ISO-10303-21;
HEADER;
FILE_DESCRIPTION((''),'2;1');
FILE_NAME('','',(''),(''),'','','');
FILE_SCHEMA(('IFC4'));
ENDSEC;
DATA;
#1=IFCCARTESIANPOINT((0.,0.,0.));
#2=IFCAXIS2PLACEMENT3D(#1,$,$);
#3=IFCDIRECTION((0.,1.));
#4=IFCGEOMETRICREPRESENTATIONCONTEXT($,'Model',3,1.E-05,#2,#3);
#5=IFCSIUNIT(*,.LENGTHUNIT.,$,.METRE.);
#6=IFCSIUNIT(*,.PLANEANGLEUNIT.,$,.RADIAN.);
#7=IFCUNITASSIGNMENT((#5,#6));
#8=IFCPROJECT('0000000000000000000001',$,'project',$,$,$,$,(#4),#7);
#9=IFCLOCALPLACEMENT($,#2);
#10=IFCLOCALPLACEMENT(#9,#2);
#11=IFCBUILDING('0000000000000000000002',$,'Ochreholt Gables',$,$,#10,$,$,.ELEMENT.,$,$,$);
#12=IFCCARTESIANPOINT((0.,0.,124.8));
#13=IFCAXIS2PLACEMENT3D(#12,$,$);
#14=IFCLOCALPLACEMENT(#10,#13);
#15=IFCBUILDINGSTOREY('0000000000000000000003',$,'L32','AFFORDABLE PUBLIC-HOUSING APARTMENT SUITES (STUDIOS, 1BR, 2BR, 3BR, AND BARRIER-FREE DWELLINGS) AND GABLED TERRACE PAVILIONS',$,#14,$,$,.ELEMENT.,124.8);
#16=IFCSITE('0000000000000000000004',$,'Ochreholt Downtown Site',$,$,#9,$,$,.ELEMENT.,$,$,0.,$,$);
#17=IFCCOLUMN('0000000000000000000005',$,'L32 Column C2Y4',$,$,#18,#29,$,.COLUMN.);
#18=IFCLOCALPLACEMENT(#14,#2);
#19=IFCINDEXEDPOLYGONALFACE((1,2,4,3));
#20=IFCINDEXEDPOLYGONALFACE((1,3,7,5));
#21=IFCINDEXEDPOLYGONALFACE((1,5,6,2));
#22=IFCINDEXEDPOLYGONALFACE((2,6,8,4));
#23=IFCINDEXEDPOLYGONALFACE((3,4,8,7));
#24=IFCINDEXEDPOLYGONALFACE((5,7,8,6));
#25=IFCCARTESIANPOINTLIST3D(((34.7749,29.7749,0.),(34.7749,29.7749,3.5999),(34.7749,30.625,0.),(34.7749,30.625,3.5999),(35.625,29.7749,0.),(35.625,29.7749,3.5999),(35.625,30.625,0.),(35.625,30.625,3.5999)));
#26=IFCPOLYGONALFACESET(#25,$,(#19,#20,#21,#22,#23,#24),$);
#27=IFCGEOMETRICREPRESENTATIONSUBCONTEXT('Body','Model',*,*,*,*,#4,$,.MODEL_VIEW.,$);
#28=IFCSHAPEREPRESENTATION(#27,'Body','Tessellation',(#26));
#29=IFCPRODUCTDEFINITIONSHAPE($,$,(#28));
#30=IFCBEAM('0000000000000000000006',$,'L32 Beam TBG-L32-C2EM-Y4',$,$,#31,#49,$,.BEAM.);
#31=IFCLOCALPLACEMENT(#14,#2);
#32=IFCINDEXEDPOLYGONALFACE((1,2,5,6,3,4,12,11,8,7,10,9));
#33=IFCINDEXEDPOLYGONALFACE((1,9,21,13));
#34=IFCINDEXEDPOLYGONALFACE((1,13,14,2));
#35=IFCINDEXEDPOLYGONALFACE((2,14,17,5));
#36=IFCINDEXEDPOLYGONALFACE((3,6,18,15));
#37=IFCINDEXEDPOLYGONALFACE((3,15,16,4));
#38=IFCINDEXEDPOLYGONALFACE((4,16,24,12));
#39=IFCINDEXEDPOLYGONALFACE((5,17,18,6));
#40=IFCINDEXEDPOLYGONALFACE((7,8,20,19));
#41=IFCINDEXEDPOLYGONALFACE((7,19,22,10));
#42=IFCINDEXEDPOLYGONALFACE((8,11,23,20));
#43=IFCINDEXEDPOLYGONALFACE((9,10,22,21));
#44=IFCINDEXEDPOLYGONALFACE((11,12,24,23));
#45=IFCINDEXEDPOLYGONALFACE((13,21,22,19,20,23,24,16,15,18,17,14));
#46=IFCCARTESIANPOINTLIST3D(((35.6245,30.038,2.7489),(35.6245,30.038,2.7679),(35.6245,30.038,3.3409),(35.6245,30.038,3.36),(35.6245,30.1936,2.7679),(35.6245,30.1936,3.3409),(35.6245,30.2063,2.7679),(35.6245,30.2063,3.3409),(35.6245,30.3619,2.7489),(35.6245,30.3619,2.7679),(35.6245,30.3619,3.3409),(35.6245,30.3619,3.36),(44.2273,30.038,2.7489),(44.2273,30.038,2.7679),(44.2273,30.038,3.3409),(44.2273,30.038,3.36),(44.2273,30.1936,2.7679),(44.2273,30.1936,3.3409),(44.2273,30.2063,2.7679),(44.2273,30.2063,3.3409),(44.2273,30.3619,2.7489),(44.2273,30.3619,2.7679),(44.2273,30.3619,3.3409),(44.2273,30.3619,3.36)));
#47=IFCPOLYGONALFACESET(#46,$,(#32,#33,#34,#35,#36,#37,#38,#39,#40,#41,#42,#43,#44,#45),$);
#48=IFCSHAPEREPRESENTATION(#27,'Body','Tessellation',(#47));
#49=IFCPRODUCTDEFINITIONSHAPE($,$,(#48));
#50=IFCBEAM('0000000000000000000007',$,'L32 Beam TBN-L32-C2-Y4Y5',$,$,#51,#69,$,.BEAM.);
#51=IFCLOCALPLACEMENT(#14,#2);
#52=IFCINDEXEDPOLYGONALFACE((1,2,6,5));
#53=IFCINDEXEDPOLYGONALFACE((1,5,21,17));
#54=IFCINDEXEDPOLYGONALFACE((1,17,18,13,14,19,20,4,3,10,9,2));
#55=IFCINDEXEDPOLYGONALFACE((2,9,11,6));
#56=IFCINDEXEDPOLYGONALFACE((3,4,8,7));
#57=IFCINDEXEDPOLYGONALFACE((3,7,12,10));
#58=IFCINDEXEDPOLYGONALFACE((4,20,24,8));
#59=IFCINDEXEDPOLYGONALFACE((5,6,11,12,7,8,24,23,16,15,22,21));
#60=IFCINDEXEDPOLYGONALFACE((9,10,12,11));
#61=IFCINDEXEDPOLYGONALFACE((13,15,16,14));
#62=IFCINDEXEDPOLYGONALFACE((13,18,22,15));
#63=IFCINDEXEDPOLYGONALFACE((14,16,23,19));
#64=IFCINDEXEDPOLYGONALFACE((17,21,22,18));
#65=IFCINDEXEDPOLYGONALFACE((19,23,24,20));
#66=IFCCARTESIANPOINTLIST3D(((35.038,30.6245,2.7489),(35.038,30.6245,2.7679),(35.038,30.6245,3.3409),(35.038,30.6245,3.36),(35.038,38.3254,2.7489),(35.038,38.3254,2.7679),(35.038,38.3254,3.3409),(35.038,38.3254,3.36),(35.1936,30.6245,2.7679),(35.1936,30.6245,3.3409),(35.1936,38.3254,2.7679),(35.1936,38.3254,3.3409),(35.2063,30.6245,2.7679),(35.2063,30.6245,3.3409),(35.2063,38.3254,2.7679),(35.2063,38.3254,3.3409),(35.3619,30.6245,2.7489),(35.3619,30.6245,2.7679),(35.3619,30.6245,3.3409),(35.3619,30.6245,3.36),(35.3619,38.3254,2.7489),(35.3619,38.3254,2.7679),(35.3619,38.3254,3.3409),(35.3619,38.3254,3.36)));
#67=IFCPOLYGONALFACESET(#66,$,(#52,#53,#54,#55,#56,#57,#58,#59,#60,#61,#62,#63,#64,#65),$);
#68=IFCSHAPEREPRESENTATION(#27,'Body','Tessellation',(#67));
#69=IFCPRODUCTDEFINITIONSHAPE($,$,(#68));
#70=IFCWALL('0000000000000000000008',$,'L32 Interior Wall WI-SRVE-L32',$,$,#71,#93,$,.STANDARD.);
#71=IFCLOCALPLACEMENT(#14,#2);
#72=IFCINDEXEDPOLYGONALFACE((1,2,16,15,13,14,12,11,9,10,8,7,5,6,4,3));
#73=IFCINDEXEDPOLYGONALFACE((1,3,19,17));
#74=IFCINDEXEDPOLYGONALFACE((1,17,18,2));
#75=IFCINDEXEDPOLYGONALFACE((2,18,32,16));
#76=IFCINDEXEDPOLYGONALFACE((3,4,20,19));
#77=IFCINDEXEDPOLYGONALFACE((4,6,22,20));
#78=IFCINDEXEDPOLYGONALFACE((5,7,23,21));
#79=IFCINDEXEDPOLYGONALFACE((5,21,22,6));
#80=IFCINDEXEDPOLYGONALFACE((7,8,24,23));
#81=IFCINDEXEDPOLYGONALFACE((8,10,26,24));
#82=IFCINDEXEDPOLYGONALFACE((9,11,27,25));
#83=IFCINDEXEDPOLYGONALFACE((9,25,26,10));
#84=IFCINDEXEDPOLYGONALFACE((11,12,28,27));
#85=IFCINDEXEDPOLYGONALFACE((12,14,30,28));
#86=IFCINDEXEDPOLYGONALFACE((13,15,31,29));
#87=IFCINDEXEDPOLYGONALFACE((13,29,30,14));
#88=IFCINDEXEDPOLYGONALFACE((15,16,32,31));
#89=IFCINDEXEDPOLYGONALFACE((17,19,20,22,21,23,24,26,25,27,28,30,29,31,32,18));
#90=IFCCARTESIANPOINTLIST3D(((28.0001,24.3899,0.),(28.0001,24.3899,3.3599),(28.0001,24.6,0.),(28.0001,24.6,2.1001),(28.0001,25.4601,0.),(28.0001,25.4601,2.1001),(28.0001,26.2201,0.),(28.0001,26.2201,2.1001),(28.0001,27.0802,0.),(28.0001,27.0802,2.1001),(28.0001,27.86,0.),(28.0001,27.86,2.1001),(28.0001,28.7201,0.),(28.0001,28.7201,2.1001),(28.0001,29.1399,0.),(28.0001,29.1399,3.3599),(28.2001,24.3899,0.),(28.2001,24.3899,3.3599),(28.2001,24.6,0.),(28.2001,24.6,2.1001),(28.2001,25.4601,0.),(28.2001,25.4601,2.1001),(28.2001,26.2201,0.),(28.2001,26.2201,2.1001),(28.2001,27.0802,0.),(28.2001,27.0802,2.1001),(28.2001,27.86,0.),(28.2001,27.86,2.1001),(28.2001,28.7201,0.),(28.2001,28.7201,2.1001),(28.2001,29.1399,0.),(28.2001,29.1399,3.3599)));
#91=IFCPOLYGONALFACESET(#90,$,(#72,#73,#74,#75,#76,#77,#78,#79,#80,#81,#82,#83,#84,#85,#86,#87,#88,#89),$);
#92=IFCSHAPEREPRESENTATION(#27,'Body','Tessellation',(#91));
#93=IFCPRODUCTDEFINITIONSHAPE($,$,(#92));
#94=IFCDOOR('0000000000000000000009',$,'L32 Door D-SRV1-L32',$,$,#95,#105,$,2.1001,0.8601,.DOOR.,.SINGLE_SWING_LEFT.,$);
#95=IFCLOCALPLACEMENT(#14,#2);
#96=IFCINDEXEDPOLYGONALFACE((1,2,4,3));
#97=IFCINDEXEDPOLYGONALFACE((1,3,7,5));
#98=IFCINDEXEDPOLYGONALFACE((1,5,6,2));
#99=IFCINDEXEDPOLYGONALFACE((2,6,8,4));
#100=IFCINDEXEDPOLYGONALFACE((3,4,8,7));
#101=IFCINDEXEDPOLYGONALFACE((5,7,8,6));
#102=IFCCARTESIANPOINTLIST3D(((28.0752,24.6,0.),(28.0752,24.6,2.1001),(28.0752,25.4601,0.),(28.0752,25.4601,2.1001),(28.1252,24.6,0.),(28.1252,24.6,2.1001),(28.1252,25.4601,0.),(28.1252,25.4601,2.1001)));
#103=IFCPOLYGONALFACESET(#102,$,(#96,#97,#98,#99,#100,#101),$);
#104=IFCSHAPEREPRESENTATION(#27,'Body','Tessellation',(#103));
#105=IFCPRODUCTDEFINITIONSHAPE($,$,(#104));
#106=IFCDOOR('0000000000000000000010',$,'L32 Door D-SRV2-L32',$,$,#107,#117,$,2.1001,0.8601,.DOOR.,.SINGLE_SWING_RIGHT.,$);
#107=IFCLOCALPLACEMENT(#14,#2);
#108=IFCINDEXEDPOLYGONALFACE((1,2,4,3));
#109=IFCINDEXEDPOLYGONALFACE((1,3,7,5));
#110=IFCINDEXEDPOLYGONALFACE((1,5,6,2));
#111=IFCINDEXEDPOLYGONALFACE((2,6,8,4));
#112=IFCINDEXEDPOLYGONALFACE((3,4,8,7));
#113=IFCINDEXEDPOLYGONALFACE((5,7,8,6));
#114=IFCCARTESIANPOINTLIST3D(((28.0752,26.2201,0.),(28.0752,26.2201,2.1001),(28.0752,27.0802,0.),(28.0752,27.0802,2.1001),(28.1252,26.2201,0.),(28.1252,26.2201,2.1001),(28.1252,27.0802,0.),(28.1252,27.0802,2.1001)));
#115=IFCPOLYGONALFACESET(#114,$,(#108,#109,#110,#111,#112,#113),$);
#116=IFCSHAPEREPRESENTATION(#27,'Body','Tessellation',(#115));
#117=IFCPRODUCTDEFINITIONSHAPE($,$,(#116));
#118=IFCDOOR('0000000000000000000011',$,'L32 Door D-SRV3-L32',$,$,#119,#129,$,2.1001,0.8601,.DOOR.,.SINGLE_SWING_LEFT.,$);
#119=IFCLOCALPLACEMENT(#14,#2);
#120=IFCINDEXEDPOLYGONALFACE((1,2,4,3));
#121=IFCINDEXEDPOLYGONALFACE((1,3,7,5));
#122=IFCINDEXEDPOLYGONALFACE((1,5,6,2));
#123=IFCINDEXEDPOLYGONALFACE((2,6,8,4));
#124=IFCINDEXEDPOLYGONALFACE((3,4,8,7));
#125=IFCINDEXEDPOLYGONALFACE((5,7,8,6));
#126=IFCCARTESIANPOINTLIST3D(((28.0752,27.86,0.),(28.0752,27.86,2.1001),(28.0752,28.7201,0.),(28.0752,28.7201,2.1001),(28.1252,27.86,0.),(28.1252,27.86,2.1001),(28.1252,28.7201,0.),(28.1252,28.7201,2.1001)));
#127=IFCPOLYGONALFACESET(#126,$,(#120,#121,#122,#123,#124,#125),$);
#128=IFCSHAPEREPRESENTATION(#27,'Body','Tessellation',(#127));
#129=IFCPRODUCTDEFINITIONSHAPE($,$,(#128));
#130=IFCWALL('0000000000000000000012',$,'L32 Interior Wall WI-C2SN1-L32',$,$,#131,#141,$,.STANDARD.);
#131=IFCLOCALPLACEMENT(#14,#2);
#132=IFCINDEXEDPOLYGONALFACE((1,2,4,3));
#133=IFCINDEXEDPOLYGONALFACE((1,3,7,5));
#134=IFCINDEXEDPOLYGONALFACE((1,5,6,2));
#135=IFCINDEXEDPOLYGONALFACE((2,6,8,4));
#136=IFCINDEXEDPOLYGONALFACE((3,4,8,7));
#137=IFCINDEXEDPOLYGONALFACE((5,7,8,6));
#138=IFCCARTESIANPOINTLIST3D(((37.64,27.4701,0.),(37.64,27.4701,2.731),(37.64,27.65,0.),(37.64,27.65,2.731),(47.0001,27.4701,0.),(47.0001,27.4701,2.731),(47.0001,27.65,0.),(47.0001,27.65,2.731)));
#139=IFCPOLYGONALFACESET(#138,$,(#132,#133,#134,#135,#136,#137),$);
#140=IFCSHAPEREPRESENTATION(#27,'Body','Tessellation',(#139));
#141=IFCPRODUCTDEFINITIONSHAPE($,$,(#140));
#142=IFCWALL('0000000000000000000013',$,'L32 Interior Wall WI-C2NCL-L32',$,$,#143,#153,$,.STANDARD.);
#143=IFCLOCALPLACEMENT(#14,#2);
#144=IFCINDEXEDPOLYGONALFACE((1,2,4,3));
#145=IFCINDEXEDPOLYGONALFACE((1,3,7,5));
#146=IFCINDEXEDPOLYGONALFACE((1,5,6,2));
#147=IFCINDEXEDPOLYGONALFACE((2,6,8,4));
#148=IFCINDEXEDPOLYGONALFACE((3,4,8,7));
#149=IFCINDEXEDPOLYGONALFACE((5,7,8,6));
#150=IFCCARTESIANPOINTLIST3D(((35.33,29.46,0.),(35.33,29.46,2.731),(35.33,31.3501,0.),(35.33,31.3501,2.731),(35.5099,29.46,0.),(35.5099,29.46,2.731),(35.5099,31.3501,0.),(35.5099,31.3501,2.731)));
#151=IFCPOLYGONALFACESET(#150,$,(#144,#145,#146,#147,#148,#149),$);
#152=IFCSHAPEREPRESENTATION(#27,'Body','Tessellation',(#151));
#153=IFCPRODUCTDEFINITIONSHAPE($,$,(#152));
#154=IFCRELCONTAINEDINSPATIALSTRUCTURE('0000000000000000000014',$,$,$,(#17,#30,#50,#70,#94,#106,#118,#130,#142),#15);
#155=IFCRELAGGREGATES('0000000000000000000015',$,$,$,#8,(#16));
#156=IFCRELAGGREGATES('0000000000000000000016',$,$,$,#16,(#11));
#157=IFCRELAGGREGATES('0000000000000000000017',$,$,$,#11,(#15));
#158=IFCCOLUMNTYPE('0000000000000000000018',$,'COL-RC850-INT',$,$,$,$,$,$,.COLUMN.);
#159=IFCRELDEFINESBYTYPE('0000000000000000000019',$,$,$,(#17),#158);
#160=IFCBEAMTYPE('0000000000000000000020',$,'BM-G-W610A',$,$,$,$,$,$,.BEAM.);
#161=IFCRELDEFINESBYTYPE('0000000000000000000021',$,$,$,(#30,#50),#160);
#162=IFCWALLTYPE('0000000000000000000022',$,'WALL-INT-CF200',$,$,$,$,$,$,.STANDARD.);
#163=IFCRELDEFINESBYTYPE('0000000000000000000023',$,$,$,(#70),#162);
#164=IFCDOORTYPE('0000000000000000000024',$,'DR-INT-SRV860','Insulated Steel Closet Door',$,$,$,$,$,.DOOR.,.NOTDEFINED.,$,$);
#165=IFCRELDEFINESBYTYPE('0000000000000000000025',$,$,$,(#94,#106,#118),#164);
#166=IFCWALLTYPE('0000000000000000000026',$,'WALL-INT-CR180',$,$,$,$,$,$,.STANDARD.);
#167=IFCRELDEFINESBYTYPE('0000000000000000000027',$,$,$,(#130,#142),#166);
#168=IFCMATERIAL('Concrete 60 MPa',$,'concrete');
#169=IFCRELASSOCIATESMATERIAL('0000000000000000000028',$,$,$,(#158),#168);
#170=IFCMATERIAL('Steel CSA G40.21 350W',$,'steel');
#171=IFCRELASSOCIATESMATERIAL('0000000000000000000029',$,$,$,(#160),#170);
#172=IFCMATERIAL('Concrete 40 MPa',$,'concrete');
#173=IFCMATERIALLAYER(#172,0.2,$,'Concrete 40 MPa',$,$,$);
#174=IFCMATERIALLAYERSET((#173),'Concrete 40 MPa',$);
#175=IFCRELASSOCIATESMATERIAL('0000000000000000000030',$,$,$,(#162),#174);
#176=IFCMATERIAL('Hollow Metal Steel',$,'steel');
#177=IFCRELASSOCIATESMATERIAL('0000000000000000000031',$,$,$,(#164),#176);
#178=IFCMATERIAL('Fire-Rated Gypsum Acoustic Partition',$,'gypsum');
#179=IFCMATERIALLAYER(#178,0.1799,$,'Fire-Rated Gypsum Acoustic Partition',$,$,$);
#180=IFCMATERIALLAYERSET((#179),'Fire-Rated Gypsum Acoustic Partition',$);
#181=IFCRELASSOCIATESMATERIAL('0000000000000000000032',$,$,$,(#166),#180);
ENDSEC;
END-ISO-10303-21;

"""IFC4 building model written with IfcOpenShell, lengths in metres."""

from ifc_helpers import new_model, si_unit, direction, frame, frame_2d, origin, origin_2d, place, context, subcontext, project, spatial, rectangle, i_section, extrude, material, layer, layer_set, material_profile, profile_set, type_object, element, fill, save


model = new_model("IFC4")

# Units and contexts
model_context = context("Model", 3, precision=1e-05, world=origin(), true_north=direction((0.0, 1.0)))
body_context = subcontext(model_context, "Body", "Model", "MODEL_VIEW")
ifc_project = project(units=[si_unit("LENGTHUNIT", "METRE"), si_unit("PLANEANGLEUNIT", "RADIAN")], contexts=[model_context])

# Site, building, storey
site_placement = place(None, origin())
site = spatial("IfcSite", under=ifc_project, at=site_placement, Name="Ochreholt Downtown Site", CompositionType="ELEMENT", RefElevation=0.0)
building_placement = place(site_placement, origin())
building = spatial("IfcBuilding", under=site, at=building_placement, Name="Ochreholt Gables", CompositionType="ELEMENT")
storey_placement = place(building_placement, frame((0.0, 0.0, 124.8)))
storey = spatial("IfcBuildingStorey", under=building, at=storey_placement, Name="L32", Description="AFFORDABLE PUBLIC-HOUSING APARTMENT SUITES (STUDIOS, 1BR, 2BR, 3BR, AND BARRIER-FREE DWELLINGS) AND GABLED TERRACE PAVILIONS", CompositionType="ELEMENT", Elevation=124.8)

# Column
ifc_material_1 = material(Name="Concrete 60 MPa", Category="concrete")
ifc_material_profile_1 = material_profile(ifc_material_1, rectangle(XDim=0.8501, YDim=0.8501, at=origin_2d()), Name="RC850X850")
ifc_profile_set_1 = profile_set([ifc_material_profile_1], Name="Concrete 60 MPa")
column_type = type_object("IfcColumnType", Name="COL-RC850-INT", PredefinedType="COLUMN", material=ifc_profile_set_1)
column_placement = place(storey_placement, frame((35.2, 30.2, 0.0), z_axis=(0.0, 0.0, 1.0), x_axis=(1.0, 0.0, 0.0)))
element("IfcColumn", 1, at=column_placement, inside=storey, type_object=column_type, Name="L32 Column C2Y4", PredefinedType="COLUMN", context=body_context, shape_type="SweptSolid", body=[
    extrude(rectangle(XDim=0.8501, YDim=0.8501, at=origin_2d()), origin(), (0.0, 0.0, 1.0), 3.5999),
])

# Beams
ifc_material_2 = material(Name="Steel CSA G40.21 350W", Category="steel")
ifc_material_profile_2 = material_profile(ifc_material_2, i_section(OverallWidth=0.324, OverallDepth=0.6111, WebThickness=0.0127, FlangeThickness=0.019, at=origin_2d()), Name="W610X155")
ifc_profile_set_2 = profile_set([ifc_material_profile_2], Name="Steel CSA G40.21 350W")
beam_type = type_object("IfcBeamType", Name="BM-G-W610A", PredefinedType="BEAM", material=ifc_profile_set_2)
beam_1_placement = place(storey_placement, frame((35.6245, 30.2, 3.0544), z_axis=(1.0, 0.0, 0.0), x_axis=(0.0, 1.0, 0.0)))
element("IfcBeam", 2, at=beam_1_placement, inside=storey, type_object=beam_type, Name="L32 Beam TBG-L32-C2EM-Y4", PredefinedType="BEAM", context=body_context, shape_type="SweptSolid", body=[
    extrude(i_section(OverallWidth=0.324, OverallDepth=0.6111, WebThickness=0.0127, FlangeThickness=0.019, at=origin_2d()), origin(), (0.0, 0.0, 1.0), 8.6028),
])
beam_2_placement = place(storey_placement, frame((35.2, 30.6245, 3.0544), z_axis=(0.0, 1.0, 0.0), x_axis=(-1.0, 0.0, 0.0)))
element("IfcBeam", 3, at=beam_2_placement, inside=storey, type_object=beam_type, Name="L32 Beam TBN-L32-C2-Y4Y5", PredefinedType="BEAM", context=body_context, shape_type="SweptSolid", body=[
    extrude(i_section(OverallWidth=0.324, OverallDepth=0.6111, WebThickness=0.0127, FlangeThickness=0.019, at=origin_2d()), origin(), (0.0, 0.0, 1.0), 7.7009),
])

# Wall, openings, doors
ifc_material_3 = material(Name="Concrete 40 MPa", Category="concrete")
ifc_layer_1 = layer(ifc_material_3, 0.2, Name="Concrete 40 MPa")
ifc_layer_set_1 = layer_set([ifc_layer_1], Name="Concrete 40 MPa")
wall_type_1 = type_object("IfcWallType", Name="WALL-INT-CF200", PredefinedType="STANDARD", material=ifc_layer_set_1)
wall_1_placement = place(storey_placement, frame((28.1001, 24.3899, 0.0), z_axis=(0.0, 0.0, 1.0), x_axis=(0.0, 1.0, 0.0)))
wall_1 = element("IfcWall", 4, at=wall_1_placement, inside=storey, type_object=wall_type_1, Name="L32 Interior Wall WI-SRVE-L32", PredefinedType="STANDARD", context=body_context, shape_type="SweptSolid", body=[
    extrude(rectangle(XDim=4.75, YDim=0.2, at=frame_2d((2.375, 0.0))), origin(), (0.0, 0.0, 1.0), 3.3599),
])
opening_1_placement = place(wall_1_placement, frame((0.21, 0.0, 0.0)))
opening_1 = element("IfcOpeningElement", 5, at=opening_1_placement, cuts=wall_1, PredefinedType="OPENING", context=body_context, shape_type="SweptSolid", body=[
    extrude(rectangle(XDim=0.8601, YDim=2.1001, at=frame_2d((0.4302, 1.05))), frame((0.0, 0.1099, 0.0), z_axis=(0.0, -1.0, 0.0), x_axis=(1.0, 0.0, 0.0)), (0.0, 0.0, 1.0), 0.22),
])
opening_2_placement = place(wall_1_placement, frame((1.8301, 0.0, 0.0)))
opening_2 = element("IfcOpeningElement", 6, at=opening_2_placement, cuts=wall_1, PredefinedType="OPENING", context=body_context, shape_type="SweptSolid", body=[
    extrude(rectangle(XDim=0.8601, YDim=2.1001, at=frame_2d((0.4302, 1.05))), frame((0.0, 0.1099, 0.0), z_axis=(0.0, -1.0, 0.0), x_axis=(1.0, 0.0, 0.0)), (0.0, 0.0, 1.0), 0.22),
])
opening_3_placement = place(wall_1_placement, frame((3.47, 0.0, 0.0)))
opening_3 = element("IfcOpeningElement", 7, at=opening_3_placement, cuts=wall_1, PredefinedType="OPENING", context=body_context, shape_type="SweptSolid", body=[
    extrude(rectangle(XDim=0.8601, YDim=2.1001, at=frame_2d((0.4302, 1.05))), frame((0.0, 0.1099, 0.0), z_axis=(0.0, -1.0, 0.0), x_axis=(1.0, 0.0, 0.0)), (0.0, 0.0, 1.0), 0.22),
])
ifc_material_4 = material(Name="Hollow Metal Steel", Category="steel")
door_type_1 = type_object("IfcDoorType", Name="DR-INT-SRV860", Description="Insulated Steel Closet Door", OperationType="NOTDEFINED", PredefinedType="DOOR", material=ifc_material_4)
door_1_placement = place(opening_1_placement, origin())
door_1 = element("IfcDoor", 8, at=door_1_placement, inside=storey, type_object=door_type_1, Name="L32 Door D-SRV1-L32", OperationType="SINGLE_SWING_LEFT", OverallHeight=2.1001, OverallWidth=0.8601, PredefinedType="DOOR", context=body_context, shape_type="SweptSolid", body=[
    extrude(rectangle(XDim=0.8601, YDim=2.1001, at=frame_2d((0.4302, 1.05))), frame((0.0, 0.0249, 0.0), z_axis=(0.0, -1.0, 0.0), x_axis=(1.0, 0.0, 0.0)), (0.0, 0.0, 1.0), 0.05),
])
fill(opening_1, door_1)
door_2_placement = place(opening_2_placement, origin())
door_2 = element("IfcDoor", 9, at=door_2_placement, inside=storey, type_object=door_type_1, Name="L32 Door D-SRV2-L32", OperationType="SINGLE_SWING_RIGHT", OverallHeight=2.1001, OverallWidth=0.8601, PredefinedType="DOOR", context=body_context, shape_type="SweptSolid", body=[
    extrude(rectangle(XDim=0.8601, YDim=2.1001, at=frame_2d((0.4302, 1.05))), frame((0.0, 0.0249, 0.0), z_axis=(0.0, -1.0, 0.0), x_axis=(1.0, 0.0, 0.0)), (0.0, 0.0, 1.0), 0.05),
])
fill(opening_2, door_2)
door_3_placement = place(opening_3_placement, origin())
door_3 = element("IfcDoor", 10, at=door_3_placement, inside=storey, type_object=door_type_1, Name="L32 Door D-SRV3-L32", OperationType="SINGLE_SWING_LEFT", OverallHeight=2.1001, OverallWidth=0.8601, PredefinedType="DOOR", context=body_context, shape_type="SweptSolid", body=[
    extrude(rectangle(XDim=0.8601, YDim=2.1001, at=frame_2d((0.4302, 1.05))), frame((0.0, 0.0249, 0.0), z_axis=(0.0, -1.0, 0.0), x_axis=(1.0, 0.0, 0.0)), (0.0, 0.0, 1.0), 0.05),
])
fill(opening_3, door_3)

# Walls
ifc_material_5 = material(Name="Fire-Rated Gypsum Acoustic Partition", Category="gypsum")
ifc_layer_2 = layer(ifc_material_5, 0.1799, Name="Fire-Rated Gypsum Acoustic Partition")
ifc_layer_set_2 = layer_set([ifc_layer_2], Name="Fire-Rated Gypsum Acoustic Partition")
wall_type_2 = type_object("IfcWallType", Name="WALL-INT-CR180", PredefinedType="STANDARD", material=ifc_layer_set_2)
wall_2_placement = place(storey_placement, frame((37.6399, 27.5601, 0.0), z_axis=(0.0, 0.0, 1.0), x_axis=(1.0, 0.0, 0.0)))
element("IfcWall", 11, at=wall_2_placement, inside=storey, type_object=wall_type_2, Name="L32 Interior Wall WI-C2SN1-L32", PredefinedType="STANDARD", context=body_context, shape_type="SweptSolid", body=[
    extrude(rectangle(XDim=9.3601, YDim=0.1799, at=frame_2d((4.6802, 0.0))), origin(), (0.0, 0.0, 1.0), 2.731),
])
wall_3_placement = place(storey_placement, frame((35.4199, 29.46, 0.0), z_axis=(0.0, 0.0, 1.0), x_axis=(0.0, 1.0, 0.0)))
element("IfcWall", 12, at=wall_3_placement, inside=storey, type_object=wall_type_2, Name="L32 Interior Wall WI-C2NCL-L32", PredefinedType="STANDARD", context=body_context, shape_type="SweptSolid", body=[
    extrude(rectangle(XDim=1.8901, YDim=0.1799, at=frame_2d((0.9451, 0.0))), origin(), (0.0, 0.0, 1.0), 2.731),
])

save(model, "model.ifc")
